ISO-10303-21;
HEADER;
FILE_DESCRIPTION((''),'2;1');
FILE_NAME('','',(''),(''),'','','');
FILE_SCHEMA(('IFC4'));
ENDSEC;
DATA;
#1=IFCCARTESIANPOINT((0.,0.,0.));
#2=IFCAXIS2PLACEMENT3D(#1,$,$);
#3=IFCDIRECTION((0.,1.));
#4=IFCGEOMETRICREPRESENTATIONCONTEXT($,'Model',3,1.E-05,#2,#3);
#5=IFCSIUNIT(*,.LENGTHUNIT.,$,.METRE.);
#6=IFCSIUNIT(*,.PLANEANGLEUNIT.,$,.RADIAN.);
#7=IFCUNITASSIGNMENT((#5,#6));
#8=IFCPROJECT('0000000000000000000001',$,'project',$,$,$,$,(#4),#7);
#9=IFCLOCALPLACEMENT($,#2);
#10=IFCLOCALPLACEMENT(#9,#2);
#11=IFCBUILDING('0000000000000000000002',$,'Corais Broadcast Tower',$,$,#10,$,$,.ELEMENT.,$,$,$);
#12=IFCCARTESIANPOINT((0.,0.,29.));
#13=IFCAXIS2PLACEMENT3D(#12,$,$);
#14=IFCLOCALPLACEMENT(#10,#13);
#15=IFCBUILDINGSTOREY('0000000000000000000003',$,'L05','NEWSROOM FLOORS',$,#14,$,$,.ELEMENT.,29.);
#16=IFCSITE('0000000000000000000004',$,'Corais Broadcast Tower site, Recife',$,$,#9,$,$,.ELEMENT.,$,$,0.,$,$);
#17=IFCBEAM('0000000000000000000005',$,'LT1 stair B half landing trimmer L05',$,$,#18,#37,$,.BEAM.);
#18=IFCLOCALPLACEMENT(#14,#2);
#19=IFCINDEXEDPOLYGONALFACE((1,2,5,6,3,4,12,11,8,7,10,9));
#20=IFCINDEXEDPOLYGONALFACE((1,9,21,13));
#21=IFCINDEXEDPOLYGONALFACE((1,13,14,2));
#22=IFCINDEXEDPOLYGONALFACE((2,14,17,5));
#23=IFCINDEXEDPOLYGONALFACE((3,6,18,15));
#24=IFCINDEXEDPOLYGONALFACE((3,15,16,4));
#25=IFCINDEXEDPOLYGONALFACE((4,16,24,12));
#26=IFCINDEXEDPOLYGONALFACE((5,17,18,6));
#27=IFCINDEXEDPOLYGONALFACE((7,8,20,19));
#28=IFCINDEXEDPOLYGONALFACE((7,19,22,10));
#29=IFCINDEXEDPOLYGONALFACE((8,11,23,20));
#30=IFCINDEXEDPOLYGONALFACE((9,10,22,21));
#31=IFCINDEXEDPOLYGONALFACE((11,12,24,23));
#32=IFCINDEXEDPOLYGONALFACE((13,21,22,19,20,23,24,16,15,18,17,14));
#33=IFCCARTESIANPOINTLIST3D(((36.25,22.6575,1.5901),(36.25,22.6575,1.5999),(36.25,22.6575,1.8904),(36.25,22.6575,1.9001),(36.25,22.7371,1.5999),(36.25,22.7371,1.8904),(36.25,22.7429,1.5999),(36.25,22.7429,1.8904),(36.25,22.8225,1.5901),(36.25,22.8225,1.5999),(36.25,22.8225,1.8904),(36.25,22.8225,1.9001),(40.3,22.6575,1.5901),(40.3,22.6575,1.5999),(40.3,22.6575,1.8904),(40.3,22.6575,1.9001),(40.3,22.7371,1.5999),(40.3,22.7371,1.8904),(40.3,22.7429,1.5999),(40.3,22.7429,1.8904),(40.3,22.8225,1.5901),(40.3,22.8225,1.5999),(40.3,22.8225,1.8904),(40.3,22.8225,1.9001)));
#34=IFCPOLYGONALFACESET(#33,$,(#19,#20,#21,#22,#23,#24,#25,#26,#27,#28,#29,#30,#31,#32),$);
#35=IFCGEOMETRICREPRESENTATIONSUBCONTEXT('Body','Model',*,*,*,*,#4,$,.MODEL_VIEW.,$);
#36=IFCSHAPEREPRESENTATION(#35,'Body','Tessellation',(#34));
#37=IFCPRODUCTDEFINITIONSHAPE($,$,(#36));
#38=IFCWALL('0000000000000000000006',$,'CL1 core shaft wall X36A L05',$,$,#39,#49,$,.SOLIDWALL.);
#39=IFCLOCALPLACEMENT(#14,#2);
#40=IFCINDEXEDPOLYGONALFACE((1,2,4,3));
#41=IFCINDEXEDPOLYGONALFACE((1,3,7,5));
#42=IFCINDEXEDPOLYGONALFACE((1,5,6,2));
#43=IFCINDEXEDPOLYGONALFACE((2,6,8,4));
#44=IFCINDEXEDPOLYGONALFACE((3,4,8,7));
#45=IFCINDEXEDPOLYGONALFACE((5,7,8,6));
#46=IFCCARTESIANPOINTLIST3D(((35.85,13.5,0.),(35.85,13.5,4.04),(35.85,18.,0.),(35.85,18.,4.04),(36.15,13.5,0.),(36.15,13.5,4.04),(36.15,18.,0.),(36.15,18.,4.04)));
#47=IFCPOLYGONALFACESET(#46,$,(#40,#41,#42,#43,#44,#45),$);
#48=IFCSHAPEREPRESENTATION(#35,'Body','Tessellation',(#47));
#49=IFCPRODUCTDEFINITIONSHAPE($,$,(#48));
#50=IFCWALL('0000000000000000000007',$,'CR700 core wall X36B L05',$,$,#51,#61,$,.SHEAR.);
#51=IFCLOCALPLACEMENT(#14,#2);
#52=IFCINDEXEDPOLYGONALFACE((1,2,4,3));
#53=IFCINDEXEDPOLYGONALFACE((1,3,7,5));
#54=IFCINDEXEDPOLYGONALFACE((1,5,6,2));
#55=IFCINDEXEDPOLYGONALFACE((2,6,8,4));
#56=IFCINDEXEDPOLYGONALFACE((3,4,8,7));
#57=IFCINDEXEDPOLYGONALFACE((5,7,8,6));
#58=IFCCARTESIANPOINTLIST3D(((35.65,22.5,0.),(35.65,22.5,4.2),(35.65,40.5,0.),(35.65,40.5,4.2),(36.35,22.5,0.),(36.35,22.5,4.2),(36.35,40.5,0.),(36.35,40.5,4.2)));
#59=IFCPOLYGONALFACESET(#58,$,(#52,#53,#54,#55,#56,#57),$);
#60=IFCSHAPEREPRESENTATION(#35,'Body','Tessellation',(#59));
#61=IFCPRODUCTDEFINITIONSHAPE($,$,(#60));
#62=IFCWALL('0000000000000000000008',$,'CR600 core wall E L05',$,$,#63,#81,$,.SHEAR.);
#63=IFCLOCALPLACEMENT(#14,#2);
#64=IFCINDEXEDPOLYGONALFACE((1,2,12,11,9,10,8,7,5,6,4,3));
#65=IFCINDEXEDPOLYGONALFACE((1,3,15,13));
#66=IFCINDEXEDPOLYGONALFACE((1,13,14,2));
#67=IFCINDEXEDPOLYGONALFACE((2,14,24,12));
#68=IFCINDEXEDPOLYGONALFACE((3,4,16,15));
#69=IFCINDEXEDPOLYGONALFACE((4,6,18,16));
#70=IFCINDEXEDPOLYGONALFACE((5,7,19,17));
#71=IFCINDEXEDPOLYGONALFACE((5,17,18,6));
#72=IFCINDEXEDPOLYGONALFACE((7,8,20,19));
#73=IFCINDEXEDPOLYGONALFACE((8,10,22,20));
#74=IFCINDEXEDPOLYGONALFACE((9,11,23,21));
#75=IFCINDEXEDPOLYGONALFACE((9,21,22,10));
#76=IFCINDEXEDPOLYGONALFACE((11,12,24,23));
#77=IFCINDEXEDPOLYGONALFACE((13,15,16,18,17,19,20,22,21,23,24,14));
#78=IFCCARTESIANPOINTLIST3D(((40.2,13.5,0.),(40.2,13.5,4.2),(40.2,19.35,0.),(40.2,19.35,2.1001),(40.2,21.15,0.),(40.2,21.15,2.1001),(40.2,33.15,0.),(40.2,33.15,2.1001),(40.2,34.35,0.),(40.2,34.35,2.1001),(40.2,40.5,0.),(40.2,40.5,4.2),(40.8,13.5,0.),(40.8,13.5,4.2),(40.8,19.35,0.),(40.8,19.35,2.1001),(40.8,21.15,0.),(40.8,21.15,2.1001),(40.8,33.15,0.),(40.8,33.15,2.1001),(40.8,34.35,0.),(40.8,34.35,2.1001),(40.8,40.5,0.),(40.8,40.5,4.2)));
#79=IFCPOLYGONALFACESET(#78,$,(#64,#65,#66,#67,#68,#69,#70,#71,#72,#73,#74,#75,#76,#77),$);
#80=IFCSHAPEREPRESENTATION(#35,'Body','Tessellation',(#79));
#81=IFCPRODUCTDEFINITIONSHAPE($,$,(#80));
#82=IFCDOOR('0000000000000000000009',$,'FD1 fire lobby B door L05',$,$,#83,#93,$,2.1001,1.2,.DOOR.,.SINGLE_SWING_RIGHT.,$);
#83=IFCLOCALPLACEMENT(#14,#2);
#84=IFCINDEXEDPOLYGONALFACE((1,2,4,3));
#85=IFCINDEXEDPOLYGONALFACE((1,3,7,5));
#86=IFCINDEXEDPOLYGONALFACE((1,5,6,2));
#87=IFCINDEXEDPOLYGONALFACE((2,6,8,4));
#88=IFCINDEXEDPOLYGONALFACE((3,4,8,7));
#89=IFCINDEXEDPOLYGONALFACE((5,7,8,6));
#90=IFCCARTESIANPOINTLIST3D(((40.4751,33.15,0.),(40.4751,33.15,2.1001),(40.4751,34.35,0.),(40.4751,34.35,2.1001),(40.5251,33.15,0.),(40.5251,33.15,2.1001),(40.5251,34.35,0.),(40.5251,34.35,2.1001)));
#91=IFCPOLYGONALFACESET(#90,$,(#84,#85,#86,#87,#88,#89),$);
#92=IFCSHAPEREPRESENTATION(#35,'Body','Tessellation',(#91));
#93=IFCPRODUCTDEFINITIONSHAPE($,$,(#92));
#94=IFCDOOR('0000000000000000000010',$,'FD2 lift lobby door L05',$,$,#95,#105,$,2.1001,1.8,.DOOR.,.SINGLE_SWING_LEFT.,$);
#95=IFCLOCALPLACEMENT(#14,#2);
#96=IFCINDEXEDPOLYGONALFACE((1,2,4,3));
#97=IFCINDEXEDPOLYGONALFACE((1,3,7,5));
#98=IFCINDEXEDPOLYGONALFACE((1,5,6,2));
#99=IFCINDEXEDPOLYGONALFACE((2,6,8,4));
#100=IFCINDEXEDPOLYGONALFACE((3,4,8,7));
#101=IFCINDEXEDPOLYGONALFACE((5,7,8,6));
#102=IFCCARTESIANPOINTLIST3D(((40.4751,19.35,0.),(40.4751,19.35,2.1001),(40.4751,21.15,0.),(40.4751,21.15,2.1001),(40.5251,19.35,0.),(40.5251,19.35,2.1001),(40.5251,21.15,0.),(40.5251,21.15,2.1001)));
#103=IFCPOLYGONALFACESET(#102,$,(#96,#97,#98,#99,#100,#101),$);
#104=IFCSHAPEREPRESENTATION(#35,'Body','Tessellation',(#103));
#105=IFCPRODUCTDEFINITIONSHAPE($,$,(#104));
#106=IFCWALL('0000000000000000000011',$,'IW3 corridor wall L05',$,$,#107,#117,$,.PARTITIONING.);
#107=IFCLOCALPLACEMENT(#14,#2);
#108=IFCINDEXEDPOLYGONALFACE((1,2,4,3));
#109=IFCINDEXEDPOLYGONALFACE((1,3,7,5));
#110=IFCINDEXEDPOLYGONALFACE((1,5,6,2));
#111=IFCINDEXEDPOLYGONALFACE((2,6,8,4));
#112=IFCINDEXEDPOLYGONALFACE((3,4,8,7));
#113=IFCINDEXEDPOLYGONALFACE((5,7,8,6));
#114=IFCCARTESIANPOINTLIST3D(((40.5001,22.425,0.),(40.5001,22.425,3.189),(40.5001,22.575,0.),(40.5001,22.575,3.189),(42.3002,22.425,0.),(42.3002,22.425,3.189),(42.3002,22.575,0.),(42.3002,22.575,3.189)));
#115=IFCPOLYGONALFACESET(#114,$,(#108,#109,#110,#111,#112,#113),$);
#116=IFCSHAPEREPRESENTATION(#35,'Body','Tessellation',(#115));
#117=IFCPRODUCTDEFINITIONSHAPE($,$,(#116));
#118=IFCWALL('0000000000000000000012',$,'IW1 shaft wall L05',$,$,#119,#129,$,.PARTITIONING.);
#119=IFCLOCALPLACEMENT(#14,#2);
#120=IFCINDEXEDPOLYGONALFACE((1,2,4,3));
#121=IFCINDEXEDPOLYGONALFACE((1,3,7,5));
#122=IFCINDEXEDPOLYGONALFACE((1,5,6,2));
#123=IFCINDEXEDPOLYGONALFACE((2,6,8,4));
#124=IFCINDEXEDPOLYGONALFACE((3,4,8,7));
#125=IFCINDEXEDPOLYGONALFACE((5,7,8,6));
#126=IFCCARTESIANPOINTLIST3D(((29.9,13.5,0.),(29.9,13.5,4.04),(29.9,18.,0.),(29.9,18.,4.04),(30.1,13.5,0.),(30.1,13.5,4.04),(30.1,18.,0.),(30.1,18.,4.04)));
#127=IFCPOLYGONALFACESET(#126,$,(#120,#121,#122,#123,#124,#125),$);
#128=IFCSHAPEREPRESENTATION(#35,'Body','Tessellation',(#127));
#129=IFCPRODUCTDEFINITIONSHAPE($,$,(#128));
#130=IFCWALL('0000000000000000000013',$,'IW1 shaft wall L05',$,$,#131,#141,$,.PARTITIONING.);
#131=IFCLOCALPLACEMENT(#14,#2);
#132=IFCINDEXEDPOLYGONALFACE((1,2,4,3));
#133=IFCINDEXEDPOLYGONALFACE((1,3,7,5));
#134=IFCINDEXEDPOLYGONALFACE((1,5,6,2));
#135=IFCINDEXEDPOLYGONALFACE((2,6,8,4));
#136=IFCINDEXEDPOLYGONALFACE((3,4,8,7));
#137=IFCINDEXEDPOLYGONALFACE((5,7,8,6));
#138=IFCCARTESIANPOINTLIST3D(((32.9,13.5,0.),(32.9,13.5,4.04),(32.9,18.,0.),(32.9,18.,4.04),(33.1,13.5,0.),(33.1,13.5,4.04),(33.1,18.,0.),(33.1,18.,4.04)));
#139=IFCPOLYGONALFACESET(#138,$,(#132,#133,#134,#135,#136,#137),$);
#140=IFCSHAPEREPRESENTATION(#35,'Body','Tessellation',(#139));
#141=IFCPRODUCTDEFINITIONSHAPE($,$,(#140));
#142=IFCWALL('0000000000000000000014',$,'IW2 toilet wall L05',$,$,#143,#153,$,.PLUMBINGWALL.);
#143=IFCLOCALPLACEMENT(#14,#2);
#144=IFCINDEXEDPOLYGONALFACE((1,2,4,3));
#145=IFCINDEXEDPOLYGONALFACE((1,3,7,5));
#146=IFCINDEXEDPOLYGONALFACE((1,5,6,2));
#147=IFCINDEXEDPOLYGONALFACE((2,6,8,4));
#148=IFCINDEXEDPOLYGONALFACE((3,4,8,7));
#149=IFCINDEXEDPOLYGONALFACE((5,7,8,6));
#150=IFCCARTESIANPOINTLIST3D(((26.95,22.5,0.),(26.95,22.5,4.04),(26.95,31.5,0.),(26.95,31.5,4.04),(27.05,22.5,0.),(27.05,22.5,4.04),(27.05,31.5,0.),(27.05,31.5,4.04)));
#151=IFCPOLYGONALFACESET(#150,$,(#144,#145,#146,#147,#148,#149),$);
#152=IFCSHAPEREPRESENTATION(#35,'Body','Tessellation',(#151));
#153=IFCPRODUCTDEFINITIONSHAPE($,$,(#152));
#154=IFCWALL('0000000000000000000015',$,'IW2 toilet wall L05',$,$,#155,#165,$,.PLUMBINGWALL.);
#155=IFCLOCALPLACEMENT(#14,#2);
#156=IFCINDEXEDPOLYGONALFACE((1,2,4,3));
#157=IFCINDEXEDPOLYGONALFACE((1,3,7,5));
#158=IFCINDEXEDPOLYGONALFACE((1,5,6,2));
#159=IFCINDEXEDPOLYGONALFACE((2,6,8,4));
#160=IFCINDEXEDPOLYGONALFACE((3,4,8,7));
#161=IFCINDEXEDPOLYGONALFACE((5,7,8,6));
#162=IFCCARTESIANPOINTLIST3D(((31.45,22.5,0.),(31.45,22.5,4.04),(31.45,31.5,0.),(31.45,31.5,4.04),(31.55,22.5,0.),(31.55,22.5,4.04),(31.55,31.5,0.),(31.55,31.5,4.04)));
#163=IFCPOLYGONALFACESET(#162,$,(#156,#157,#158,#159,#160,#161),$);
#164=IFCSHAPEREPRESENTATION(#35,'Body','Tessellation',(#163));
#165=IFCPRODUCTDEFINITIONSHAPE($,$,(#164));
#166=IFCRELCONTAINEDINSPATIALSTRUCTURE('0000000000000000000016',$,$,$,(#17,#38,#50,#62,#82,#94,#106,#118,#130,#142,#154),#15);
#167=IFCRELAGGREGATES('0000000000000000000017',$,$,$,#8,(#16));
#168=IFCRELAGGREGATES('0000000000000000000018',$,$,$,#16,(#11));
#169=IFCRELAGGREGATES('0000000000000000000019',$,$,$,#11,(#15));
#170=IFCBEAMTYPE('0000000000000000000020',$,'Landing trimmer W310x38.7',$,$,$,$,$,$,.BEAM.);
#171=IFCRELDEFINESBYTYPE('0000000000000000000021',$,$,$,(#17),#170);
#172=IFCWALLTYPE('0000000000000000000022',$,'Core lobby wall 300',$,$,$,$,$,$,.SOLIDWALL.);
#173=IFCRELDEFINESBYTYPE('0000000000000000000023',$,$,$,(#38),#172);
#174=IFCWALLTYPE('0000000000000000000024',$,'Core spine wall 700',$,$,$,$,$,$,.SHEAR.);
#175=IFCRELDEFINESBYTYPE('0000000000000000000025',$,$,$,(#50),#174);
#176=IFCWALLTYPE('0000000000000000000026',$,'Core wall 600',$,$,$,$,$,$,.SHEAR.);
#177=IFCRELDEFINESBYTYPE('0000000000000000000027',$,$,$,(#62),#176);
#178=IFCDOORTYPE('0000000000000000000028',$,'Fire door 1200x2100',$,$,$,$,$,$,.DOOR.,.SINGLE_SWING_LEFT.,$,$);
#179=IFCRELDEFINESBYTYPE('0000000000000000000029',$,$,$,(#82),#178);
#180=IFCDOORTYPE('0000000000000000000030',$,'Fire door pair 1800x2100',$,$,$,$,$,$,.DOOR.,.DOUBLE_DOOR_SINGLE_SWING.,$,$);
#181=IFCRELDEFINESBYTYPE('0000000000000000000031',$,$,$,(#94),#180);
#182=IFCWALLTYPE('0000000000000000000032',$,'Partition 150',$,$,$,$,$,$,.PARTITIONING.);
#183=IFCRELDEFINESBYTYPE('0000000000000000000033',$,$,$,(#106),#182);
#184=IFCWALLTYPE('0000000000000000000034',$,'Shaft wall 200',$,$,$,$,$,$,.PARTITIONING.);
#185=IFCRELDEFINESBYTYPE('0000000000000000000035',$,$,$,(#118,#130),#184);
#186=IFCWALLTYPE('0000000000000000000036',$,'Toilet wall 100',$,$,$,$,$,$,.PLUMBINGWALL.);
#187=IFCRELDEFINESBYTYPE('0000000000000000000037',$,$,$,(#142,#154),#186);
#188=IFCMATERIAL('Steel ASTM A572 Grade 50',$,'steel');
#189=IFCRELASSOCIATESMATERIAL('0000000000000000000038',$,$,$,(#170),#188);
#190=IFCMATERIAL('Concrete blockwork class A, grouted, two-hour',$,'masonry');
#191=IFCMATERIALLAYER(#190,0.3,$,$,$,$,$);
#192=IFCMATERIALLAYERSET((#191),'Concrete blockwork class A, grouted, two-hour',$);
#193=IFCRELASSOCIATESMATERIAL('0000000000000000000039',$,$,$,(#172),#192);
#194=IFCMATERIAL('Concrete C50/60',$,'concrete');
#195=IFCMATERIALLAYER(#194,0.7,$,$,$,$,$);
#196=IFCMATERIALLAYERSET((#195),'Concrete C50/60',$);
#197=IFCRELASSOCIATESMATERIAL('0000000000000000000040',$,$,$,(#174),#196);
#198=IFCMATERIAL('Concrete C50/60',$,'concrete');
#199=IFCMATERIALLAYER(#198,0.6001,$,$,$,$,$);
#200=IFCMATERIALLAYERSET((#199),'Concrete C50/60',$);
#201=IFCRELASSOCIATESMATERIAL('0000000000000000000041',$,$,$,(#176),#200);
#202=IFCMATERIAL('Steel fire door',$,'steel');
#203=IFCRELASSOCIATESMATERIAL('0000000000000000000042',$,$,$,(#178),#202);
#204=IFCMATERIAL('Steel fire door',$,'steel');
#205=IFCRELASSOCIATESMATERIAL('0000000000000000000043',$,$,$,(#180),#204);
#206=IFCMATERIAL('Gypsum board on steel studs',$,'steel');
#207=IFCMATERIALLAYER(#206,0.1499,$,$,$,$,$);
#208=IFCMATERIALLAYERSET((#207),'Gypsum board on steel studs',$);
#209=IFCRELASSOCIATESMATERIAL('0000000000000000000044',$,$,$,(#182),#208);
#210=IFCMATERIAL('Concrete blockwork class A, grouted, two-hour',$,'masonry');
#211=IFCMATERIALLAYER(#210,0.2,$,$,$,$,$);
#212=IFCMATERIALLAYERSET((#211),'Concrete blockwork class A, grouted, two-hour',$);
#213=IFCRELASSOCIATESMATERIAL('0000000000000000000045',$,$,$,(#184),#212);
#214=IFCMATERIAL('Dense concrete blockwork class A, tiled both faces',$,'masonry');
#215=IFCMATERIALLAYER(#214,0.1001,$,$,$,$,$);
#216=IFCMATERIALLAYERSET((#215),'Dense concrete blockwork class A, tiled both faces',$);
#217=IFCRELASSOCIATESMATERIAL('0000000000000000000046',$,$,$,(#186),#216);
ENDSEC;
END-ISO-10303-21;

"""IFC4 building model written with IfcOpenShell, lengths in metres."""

from ifc_helpers import new_model, si_unit, direction, frame, frame_2d, origin, origin_2d, place, context, subcontext, project, spatial, rectangle, i_section, extrude, material, layer, layer_set, material_profile, profile_set, type_object, element, fill, save


model = new_model("IFC4")

# Units and contexts
model_context = context("Model", 3, precision=1e-05, world=origin(), true_north=direction((0.0, 1.0)))
body_context = subcontext(model_context, "Body", "Model", "MODEL_VIEW")
ifc_project = project(units=[si_unit("LENGTHUNIT", "METRE"), si_unit("PLANEANGLEUNIT", "RADIAN")], contexts=[model_context])

# Site, building, storey
site_placement = place(None, origin())
site = spatial("IfcSite", under=ifc_project, at=site_placement, Name="Corais Broadcast Tower site, Recife", CompositionType="ELEMENT", RefElevation=0.0)
building_placement = place(site_placement, origin())
building = spatial("IfcBuilding", under=site, at=building_placement, Name="Corais Broadcast Tower", CompositionType="ELEMENT")
storey_placement = place(building_placement, frame((0.0, 0.0, 29.0)))
storey = spatial("IfcBuildingStorey", under=building, at=storey_placement, Name="L05", Description="NEWSROOM FLOORS", CompositionType="ELEMENT", Elevation=29.0)

# Beam
ifc_material_1 = material(Name="Steel ASTM A572 Grade 50", Category="steel")
ifc_material_profile = material_profile(ifc_material_1, i_section(OverallWidth=0.165, OverallDepth=0.3101, WebThickness=0.0059, FlangeThickness=0.0098, at=origin_2d()), Name="W310x38.7")
ifc_profile_set = profile_set([ifc_material_profile], Name="Steel ASTM A572 Grade 50")
beam_type = type_object("IfcBeamType", Name="Landing trimmer W310x38.7", PredefinedType="BEAM", material=ifc_profile_set)
beam_placement = place(storey_placement, frame((36.25, 22.74, 1.7451), z_axis=(1.0, 0.0, 0.0), x_axis=(0.0, 1.0, 0.0)))
element("IfcBeam", 1, at=beam_placement, inside=storey, type_object=beam_type, Name="LT1 stair B half landing trimmer L05", PredefinedType="BEAM", context=body_context, shape_type="SweptSolid", body=[
    extrude(i_section(OverallWidth=0.165, OverallDepth=0.3101, WebThickness=0.0059, FlangeThickness=0.0098, at=origin_2d()), origin(), (0.0, 0.0, 1.0), 4.05),
])

# Walls
ifc_material_2 = material(Name="Concrete blockwork class A, grouted, two-hour", Category="masonry")
ifc_layer_1 = layer(ifc_material_2, 0.3)
ifc_layer_set_1 = layer_set([ifc_layer_1], Name="Concrete blockwork class A, grouted, two-hour")
wall_type_1 = type_object("IfcWallType", Name="Core lobby wall 300", PredefinedType="SOLIDWALL", material=ifc_layer_set_1)
wall_1_placement = place(storey_placement, frame((36.0, 13.5, 0.0), z_axis=(0.0, 0.0, 1.0), x_axis=(0.0, 1.0, 0.0)))
element("IfcWall", 2, at=wall_1_placement, inside=storey, type_object=wall_type_1, Name="CL1 core shaft wall X36A L05", PredefinedType="SOLIDWALL", context=body_context, shape_type="SweptSolid", body=[
    extrude(rectangle(XDim=4.5, YDim=0.3, at=frame_2d((2.25, 0.0))), origin(), (0.0, 0.0, 1.0), 4.04),
])
ifc_material_3 = material(Name="Concrete C50/60", Category="concrete")
ifc_layer_2 = layer(ifc_material_3, 0.7)
ifc_layer_set_2 = layer_set([ifc_layer_2], Name="Concrete C50/60")
wall_type_2 = type_object("IfcWallType", Name="Core spine wall 700", PredefinedType="SHEAR", material=ifc_layer_set_2)
wall_2_placement = place(storey_placement, frame((36.0, 22.5, 0.0), z_axis=(0.0, 0.0, 1.0), x_axis=(0.0, 1.0, 0.0)))
element("IfcWall", 3, at=wall_2_placement, inside=storey, type_object=wall_type_2, Name="CR700 core wall X36B L05", PredefinedType="SHEAR", context=body_context, shape_type="SweptSolid", body=[
    extrude(rectangle(XDim=18.0, YDim=0.7, at=frame_2d((9.0, 0.0))), origin(), (0.0, 0.0, 1.0), 4.2),
])

# Wall, openings, doors
ifc_material_4 = material(Name="Concrete C50/60", Category="concrete")
ifc_layer_3 = layer(ifc_material_4, 0.6001)
ifc_layer_set_3 = layer_set([ifc_layer_3], Name="Concrete C50/60")
wall_type_3 = type_object("IfcWallType", Name="Core wall 600", PredefinedType="SHEAR", material=ifc_layer_set_3)
wall_3_placement = place(storey_placement, frame((40.5, 13.5, 0.0), z_axis=(0.0, 0.0, 1.0), x_axis=(0.0, 1.0, 0.0)))
wall_3 = element("IfcWall", 4, at=wall_3_placement, inside=storey, type_object=wall_type_3, Name="CR600 core wall E L05", PredefinedType="SHEAR", context=body_context, shape_type="SweptSolid", body=[
    extrude(rectangle(XDim=27.0, YDim=0.6001, at=frame_2d((13.5, 0.0))), origin(), (0.0, 0.0, 1.0), 4.2),
])
opening_1_placement = place(wall_3_placement, frame((5.8501, 0.0, 0.0)))
opening_1 = element("IfcOpeningElement", 5, at=opening_1_placement, cuts=wall_3, PredefinedType="OPENING", context=body_context, shape_type="SweptSolid", body=[
    extrude(rectangle(XDim=1.8, YDim=2.1001, at=frame_2d((0.8999, 1.05))), frame((0.0, 0.3101, 0.0), z_axis=(0.0, -1.0, 0.0), x_axis=(1.0, 0.0, 0.0)), (0.0, 0.0, 1.0), 0.6201),
])
opening_2_placement = place(wall_3_placement, frame((19.6499, 0.0, 0.0)))
opening_2 = element("IfcOpeningElement", 6, at=opening_2_placement, cuts=wall_3, PredefinedType="OPENING", context=body_context, shape_type="SweptSolid", body=[
    extrude(rectangle(XDim=1.2, YDim=2.1001, at=frame_2d((0.6001, 1.05))), frame((0.0, 0.3101, 0.0), z_axis=(0.0, -1.0, 0.0), x_axis=(1.0, 0.0, 0.0)), (0.0, 0.0, 1.0), 0.6201),
])
ifc_material_5 = material(Name="Steel fire door", Category="steel")
door_type_1 = type_object("IfcDoorType", Name="Fire door 1200x2100", OperationType="SINGLE_SWING_LEFT", PredefinedType="DOOR", material=ifc_material_5)
door_1_placement = place(opening_2_placement, origin())
door_1 = element("IfcDoor", 7, at=door_1_placement, inside=storey, type_object=door_type_1, Name="FD1 fire lobby B door L05", OperationType="SINGLE_SWING_RIGHT", OverallHeight=2.1001, OverallWidth=1.2, PredefinedType="DOOR", context=body_context, shape_type="SweptSolid", body=[
    extrude(rectangle(XDim=1.2, YDim=2.1001, at=frame_2d((0.6001, 1.05))), frame((0.0, 0.0249, 0.0), z_axis=(0.0, -1.0, 0.0), x_axis=(1.0, 0.0, 0.0)), (0.0, 0.0, 1.0), 0.05),
])
fill(opening_2, door_1)
ifc_material_6 = material(Name="Steel fire door", Category="steel")
door_type_2 = type_object("IfcDoorType", Name="Fire door pair 1800x2100", OperationType="DOUBLE_DOOR_SINGLE_SWING", PredefinedType="DOOR", material=ifc_material_6)
door_2_placement = place(opening_1_placement, origin())
door_2 = element("IfcDoor", 8, at=door_2_placement, inside=storey, type_object=door_type_2, Name="FD2 lift lobby door L05", OperationType="SINGLE_SWING_LEFT", OverallHeight=2.1001, OverallWidth=1.8, PredefinedType="DOOR", context=body_context, shape_type="SweptSolid", body=[
    extrude(rectangle(XDim=1.8, YDim=2.1001, at=frame_2d((0.8999, 1.05))), frame((0.0, 0.0249, 0.0), z_axis=(0.0, -1.0, 0.0), x_axis=(1.0, 0.0, 0.0)), (0.0, 0.0, 1.0), 0.05),
])
fill(opening_1, door_2)

# Walls
ifc_material_7 = material(Name="Gypsum board on steel studs", Category="steel")
ifc_layer_4 = layer(ifc_material_7, 0.1499)
ifc_layer_set_4 = layer_set([ifc_layer_4], Name="Gypsum board on steel studs")
wall_type_4 = type_object("IfcWallType", Name="Partition 150", PredefinedType="PARTITIONING", material=ifc_layer_set_4)
wall_4_placement = place(storey_placement, frame((42.3, 22.5, 0.0), z_axis=(0.0, 0.0, 1.0), x_axis=(-1.0, 0.0, 0.0)))
element("IfcWall", 9, at=wall_4_placement, inside=storey, type_object=wall_type_4, Name="IW3 corridor wall L05", PredefinedType="PARTITIONING", context=body_context, shape_type="SweptSolid", body=[
    extrude(rectangle(XDim=1.8, YDim=0.1499, at=frame_2d((0.8999, 0.0))), origin(), (0.0, 0.0, 1.0), 3.189),
])
ifc_material_8 = material(Name="Concrete blockwork class A, grouted, two-hour", Category="masonry")
ifc_layer_5 = layer(ifc_material_8, 0.2)
ifc_layer_set_5 = layer_set([ifc_layer_5], Name="Concrete blockwork class A, grouted, two-hour")
wall_type_5 = type_object("IfcWallType", Name="Shaft wall 200", PredefinedType="PARTITIONING", material=ifc_layer_set_5)
for number, where, z_axis, x_axis, name in (
    (10, (30.0, 13.5, 0.0), (0.0, 0.0, 1.0), (0.0, 1.0, 0.0), "IW1 shaft wall L05"),
    (11, (33.0, 13.5, 0.0), (0.0, 0.0, 1.0), (0.0, 1.0, 0.0), "IW1 shaft wall L05"),
):
    element("IfcWall", number, at=place(storey_placement, frame(where, z_axis=z_axis, x_axis=x_axis)), inside=storey, type_object=wall_type_5, Name=name, PredefinedType="PARTITIONING", context=body_context, shape_type="SweptSolid", body=[
        extrude(rectangle(XDim=4.5, YDim=0.2, at=frame_2d((2.25, 0.0))), origin(), (0.0, 0.0, 1.0), 4.04),
    ])
ifc_material_9 = material(Name="Dense concrete blockwork class A, tiled both faces", Category="masonry")
ifc_layer_6 = layer(ifc_material_9, 0.1001)
ifc_layer_set_6 = layer_set([ifc_layer_6], Name="Dense concrete blockwork class A, tiled both faces")
wall_type_6 = type_object("IfcWallType", Name="Toilet wall 100", PredefinedType="PLUMBINGWALL", material=ifc_layer_set_6)
for number, where, z_axis, x_axis, name in (
    (12, (27.0, 22.5, 0.0), (0.0, 0.0, 1.0), (0.0, 1.0, 0.0), "IW2 toilet wall L05"),
    (13, (31.5, 22.5, 0.0), (0.0, 0.0, 1.0), (0.0, 1.0, 0.0), "IW2 toilet wall L05"),
):
    element("IfcWall", number, at=place(storey_placement, frame(where, z_axis=z_axis, x_axis=x_axis)), inside=storey, type_object=wall_type_6, Name=name, PredefinedType="PLUMBINGWALL", context=body_context, shape_type="SweptSolid", body=[
        extrude(rectangle(XDim=9.0, YDim=0.1001, at=frame_2d((4.5, 0.0))), origin(), (0.0, 0.0, 1.0), 4.04),
    ])

save(model, "model.ifc")
